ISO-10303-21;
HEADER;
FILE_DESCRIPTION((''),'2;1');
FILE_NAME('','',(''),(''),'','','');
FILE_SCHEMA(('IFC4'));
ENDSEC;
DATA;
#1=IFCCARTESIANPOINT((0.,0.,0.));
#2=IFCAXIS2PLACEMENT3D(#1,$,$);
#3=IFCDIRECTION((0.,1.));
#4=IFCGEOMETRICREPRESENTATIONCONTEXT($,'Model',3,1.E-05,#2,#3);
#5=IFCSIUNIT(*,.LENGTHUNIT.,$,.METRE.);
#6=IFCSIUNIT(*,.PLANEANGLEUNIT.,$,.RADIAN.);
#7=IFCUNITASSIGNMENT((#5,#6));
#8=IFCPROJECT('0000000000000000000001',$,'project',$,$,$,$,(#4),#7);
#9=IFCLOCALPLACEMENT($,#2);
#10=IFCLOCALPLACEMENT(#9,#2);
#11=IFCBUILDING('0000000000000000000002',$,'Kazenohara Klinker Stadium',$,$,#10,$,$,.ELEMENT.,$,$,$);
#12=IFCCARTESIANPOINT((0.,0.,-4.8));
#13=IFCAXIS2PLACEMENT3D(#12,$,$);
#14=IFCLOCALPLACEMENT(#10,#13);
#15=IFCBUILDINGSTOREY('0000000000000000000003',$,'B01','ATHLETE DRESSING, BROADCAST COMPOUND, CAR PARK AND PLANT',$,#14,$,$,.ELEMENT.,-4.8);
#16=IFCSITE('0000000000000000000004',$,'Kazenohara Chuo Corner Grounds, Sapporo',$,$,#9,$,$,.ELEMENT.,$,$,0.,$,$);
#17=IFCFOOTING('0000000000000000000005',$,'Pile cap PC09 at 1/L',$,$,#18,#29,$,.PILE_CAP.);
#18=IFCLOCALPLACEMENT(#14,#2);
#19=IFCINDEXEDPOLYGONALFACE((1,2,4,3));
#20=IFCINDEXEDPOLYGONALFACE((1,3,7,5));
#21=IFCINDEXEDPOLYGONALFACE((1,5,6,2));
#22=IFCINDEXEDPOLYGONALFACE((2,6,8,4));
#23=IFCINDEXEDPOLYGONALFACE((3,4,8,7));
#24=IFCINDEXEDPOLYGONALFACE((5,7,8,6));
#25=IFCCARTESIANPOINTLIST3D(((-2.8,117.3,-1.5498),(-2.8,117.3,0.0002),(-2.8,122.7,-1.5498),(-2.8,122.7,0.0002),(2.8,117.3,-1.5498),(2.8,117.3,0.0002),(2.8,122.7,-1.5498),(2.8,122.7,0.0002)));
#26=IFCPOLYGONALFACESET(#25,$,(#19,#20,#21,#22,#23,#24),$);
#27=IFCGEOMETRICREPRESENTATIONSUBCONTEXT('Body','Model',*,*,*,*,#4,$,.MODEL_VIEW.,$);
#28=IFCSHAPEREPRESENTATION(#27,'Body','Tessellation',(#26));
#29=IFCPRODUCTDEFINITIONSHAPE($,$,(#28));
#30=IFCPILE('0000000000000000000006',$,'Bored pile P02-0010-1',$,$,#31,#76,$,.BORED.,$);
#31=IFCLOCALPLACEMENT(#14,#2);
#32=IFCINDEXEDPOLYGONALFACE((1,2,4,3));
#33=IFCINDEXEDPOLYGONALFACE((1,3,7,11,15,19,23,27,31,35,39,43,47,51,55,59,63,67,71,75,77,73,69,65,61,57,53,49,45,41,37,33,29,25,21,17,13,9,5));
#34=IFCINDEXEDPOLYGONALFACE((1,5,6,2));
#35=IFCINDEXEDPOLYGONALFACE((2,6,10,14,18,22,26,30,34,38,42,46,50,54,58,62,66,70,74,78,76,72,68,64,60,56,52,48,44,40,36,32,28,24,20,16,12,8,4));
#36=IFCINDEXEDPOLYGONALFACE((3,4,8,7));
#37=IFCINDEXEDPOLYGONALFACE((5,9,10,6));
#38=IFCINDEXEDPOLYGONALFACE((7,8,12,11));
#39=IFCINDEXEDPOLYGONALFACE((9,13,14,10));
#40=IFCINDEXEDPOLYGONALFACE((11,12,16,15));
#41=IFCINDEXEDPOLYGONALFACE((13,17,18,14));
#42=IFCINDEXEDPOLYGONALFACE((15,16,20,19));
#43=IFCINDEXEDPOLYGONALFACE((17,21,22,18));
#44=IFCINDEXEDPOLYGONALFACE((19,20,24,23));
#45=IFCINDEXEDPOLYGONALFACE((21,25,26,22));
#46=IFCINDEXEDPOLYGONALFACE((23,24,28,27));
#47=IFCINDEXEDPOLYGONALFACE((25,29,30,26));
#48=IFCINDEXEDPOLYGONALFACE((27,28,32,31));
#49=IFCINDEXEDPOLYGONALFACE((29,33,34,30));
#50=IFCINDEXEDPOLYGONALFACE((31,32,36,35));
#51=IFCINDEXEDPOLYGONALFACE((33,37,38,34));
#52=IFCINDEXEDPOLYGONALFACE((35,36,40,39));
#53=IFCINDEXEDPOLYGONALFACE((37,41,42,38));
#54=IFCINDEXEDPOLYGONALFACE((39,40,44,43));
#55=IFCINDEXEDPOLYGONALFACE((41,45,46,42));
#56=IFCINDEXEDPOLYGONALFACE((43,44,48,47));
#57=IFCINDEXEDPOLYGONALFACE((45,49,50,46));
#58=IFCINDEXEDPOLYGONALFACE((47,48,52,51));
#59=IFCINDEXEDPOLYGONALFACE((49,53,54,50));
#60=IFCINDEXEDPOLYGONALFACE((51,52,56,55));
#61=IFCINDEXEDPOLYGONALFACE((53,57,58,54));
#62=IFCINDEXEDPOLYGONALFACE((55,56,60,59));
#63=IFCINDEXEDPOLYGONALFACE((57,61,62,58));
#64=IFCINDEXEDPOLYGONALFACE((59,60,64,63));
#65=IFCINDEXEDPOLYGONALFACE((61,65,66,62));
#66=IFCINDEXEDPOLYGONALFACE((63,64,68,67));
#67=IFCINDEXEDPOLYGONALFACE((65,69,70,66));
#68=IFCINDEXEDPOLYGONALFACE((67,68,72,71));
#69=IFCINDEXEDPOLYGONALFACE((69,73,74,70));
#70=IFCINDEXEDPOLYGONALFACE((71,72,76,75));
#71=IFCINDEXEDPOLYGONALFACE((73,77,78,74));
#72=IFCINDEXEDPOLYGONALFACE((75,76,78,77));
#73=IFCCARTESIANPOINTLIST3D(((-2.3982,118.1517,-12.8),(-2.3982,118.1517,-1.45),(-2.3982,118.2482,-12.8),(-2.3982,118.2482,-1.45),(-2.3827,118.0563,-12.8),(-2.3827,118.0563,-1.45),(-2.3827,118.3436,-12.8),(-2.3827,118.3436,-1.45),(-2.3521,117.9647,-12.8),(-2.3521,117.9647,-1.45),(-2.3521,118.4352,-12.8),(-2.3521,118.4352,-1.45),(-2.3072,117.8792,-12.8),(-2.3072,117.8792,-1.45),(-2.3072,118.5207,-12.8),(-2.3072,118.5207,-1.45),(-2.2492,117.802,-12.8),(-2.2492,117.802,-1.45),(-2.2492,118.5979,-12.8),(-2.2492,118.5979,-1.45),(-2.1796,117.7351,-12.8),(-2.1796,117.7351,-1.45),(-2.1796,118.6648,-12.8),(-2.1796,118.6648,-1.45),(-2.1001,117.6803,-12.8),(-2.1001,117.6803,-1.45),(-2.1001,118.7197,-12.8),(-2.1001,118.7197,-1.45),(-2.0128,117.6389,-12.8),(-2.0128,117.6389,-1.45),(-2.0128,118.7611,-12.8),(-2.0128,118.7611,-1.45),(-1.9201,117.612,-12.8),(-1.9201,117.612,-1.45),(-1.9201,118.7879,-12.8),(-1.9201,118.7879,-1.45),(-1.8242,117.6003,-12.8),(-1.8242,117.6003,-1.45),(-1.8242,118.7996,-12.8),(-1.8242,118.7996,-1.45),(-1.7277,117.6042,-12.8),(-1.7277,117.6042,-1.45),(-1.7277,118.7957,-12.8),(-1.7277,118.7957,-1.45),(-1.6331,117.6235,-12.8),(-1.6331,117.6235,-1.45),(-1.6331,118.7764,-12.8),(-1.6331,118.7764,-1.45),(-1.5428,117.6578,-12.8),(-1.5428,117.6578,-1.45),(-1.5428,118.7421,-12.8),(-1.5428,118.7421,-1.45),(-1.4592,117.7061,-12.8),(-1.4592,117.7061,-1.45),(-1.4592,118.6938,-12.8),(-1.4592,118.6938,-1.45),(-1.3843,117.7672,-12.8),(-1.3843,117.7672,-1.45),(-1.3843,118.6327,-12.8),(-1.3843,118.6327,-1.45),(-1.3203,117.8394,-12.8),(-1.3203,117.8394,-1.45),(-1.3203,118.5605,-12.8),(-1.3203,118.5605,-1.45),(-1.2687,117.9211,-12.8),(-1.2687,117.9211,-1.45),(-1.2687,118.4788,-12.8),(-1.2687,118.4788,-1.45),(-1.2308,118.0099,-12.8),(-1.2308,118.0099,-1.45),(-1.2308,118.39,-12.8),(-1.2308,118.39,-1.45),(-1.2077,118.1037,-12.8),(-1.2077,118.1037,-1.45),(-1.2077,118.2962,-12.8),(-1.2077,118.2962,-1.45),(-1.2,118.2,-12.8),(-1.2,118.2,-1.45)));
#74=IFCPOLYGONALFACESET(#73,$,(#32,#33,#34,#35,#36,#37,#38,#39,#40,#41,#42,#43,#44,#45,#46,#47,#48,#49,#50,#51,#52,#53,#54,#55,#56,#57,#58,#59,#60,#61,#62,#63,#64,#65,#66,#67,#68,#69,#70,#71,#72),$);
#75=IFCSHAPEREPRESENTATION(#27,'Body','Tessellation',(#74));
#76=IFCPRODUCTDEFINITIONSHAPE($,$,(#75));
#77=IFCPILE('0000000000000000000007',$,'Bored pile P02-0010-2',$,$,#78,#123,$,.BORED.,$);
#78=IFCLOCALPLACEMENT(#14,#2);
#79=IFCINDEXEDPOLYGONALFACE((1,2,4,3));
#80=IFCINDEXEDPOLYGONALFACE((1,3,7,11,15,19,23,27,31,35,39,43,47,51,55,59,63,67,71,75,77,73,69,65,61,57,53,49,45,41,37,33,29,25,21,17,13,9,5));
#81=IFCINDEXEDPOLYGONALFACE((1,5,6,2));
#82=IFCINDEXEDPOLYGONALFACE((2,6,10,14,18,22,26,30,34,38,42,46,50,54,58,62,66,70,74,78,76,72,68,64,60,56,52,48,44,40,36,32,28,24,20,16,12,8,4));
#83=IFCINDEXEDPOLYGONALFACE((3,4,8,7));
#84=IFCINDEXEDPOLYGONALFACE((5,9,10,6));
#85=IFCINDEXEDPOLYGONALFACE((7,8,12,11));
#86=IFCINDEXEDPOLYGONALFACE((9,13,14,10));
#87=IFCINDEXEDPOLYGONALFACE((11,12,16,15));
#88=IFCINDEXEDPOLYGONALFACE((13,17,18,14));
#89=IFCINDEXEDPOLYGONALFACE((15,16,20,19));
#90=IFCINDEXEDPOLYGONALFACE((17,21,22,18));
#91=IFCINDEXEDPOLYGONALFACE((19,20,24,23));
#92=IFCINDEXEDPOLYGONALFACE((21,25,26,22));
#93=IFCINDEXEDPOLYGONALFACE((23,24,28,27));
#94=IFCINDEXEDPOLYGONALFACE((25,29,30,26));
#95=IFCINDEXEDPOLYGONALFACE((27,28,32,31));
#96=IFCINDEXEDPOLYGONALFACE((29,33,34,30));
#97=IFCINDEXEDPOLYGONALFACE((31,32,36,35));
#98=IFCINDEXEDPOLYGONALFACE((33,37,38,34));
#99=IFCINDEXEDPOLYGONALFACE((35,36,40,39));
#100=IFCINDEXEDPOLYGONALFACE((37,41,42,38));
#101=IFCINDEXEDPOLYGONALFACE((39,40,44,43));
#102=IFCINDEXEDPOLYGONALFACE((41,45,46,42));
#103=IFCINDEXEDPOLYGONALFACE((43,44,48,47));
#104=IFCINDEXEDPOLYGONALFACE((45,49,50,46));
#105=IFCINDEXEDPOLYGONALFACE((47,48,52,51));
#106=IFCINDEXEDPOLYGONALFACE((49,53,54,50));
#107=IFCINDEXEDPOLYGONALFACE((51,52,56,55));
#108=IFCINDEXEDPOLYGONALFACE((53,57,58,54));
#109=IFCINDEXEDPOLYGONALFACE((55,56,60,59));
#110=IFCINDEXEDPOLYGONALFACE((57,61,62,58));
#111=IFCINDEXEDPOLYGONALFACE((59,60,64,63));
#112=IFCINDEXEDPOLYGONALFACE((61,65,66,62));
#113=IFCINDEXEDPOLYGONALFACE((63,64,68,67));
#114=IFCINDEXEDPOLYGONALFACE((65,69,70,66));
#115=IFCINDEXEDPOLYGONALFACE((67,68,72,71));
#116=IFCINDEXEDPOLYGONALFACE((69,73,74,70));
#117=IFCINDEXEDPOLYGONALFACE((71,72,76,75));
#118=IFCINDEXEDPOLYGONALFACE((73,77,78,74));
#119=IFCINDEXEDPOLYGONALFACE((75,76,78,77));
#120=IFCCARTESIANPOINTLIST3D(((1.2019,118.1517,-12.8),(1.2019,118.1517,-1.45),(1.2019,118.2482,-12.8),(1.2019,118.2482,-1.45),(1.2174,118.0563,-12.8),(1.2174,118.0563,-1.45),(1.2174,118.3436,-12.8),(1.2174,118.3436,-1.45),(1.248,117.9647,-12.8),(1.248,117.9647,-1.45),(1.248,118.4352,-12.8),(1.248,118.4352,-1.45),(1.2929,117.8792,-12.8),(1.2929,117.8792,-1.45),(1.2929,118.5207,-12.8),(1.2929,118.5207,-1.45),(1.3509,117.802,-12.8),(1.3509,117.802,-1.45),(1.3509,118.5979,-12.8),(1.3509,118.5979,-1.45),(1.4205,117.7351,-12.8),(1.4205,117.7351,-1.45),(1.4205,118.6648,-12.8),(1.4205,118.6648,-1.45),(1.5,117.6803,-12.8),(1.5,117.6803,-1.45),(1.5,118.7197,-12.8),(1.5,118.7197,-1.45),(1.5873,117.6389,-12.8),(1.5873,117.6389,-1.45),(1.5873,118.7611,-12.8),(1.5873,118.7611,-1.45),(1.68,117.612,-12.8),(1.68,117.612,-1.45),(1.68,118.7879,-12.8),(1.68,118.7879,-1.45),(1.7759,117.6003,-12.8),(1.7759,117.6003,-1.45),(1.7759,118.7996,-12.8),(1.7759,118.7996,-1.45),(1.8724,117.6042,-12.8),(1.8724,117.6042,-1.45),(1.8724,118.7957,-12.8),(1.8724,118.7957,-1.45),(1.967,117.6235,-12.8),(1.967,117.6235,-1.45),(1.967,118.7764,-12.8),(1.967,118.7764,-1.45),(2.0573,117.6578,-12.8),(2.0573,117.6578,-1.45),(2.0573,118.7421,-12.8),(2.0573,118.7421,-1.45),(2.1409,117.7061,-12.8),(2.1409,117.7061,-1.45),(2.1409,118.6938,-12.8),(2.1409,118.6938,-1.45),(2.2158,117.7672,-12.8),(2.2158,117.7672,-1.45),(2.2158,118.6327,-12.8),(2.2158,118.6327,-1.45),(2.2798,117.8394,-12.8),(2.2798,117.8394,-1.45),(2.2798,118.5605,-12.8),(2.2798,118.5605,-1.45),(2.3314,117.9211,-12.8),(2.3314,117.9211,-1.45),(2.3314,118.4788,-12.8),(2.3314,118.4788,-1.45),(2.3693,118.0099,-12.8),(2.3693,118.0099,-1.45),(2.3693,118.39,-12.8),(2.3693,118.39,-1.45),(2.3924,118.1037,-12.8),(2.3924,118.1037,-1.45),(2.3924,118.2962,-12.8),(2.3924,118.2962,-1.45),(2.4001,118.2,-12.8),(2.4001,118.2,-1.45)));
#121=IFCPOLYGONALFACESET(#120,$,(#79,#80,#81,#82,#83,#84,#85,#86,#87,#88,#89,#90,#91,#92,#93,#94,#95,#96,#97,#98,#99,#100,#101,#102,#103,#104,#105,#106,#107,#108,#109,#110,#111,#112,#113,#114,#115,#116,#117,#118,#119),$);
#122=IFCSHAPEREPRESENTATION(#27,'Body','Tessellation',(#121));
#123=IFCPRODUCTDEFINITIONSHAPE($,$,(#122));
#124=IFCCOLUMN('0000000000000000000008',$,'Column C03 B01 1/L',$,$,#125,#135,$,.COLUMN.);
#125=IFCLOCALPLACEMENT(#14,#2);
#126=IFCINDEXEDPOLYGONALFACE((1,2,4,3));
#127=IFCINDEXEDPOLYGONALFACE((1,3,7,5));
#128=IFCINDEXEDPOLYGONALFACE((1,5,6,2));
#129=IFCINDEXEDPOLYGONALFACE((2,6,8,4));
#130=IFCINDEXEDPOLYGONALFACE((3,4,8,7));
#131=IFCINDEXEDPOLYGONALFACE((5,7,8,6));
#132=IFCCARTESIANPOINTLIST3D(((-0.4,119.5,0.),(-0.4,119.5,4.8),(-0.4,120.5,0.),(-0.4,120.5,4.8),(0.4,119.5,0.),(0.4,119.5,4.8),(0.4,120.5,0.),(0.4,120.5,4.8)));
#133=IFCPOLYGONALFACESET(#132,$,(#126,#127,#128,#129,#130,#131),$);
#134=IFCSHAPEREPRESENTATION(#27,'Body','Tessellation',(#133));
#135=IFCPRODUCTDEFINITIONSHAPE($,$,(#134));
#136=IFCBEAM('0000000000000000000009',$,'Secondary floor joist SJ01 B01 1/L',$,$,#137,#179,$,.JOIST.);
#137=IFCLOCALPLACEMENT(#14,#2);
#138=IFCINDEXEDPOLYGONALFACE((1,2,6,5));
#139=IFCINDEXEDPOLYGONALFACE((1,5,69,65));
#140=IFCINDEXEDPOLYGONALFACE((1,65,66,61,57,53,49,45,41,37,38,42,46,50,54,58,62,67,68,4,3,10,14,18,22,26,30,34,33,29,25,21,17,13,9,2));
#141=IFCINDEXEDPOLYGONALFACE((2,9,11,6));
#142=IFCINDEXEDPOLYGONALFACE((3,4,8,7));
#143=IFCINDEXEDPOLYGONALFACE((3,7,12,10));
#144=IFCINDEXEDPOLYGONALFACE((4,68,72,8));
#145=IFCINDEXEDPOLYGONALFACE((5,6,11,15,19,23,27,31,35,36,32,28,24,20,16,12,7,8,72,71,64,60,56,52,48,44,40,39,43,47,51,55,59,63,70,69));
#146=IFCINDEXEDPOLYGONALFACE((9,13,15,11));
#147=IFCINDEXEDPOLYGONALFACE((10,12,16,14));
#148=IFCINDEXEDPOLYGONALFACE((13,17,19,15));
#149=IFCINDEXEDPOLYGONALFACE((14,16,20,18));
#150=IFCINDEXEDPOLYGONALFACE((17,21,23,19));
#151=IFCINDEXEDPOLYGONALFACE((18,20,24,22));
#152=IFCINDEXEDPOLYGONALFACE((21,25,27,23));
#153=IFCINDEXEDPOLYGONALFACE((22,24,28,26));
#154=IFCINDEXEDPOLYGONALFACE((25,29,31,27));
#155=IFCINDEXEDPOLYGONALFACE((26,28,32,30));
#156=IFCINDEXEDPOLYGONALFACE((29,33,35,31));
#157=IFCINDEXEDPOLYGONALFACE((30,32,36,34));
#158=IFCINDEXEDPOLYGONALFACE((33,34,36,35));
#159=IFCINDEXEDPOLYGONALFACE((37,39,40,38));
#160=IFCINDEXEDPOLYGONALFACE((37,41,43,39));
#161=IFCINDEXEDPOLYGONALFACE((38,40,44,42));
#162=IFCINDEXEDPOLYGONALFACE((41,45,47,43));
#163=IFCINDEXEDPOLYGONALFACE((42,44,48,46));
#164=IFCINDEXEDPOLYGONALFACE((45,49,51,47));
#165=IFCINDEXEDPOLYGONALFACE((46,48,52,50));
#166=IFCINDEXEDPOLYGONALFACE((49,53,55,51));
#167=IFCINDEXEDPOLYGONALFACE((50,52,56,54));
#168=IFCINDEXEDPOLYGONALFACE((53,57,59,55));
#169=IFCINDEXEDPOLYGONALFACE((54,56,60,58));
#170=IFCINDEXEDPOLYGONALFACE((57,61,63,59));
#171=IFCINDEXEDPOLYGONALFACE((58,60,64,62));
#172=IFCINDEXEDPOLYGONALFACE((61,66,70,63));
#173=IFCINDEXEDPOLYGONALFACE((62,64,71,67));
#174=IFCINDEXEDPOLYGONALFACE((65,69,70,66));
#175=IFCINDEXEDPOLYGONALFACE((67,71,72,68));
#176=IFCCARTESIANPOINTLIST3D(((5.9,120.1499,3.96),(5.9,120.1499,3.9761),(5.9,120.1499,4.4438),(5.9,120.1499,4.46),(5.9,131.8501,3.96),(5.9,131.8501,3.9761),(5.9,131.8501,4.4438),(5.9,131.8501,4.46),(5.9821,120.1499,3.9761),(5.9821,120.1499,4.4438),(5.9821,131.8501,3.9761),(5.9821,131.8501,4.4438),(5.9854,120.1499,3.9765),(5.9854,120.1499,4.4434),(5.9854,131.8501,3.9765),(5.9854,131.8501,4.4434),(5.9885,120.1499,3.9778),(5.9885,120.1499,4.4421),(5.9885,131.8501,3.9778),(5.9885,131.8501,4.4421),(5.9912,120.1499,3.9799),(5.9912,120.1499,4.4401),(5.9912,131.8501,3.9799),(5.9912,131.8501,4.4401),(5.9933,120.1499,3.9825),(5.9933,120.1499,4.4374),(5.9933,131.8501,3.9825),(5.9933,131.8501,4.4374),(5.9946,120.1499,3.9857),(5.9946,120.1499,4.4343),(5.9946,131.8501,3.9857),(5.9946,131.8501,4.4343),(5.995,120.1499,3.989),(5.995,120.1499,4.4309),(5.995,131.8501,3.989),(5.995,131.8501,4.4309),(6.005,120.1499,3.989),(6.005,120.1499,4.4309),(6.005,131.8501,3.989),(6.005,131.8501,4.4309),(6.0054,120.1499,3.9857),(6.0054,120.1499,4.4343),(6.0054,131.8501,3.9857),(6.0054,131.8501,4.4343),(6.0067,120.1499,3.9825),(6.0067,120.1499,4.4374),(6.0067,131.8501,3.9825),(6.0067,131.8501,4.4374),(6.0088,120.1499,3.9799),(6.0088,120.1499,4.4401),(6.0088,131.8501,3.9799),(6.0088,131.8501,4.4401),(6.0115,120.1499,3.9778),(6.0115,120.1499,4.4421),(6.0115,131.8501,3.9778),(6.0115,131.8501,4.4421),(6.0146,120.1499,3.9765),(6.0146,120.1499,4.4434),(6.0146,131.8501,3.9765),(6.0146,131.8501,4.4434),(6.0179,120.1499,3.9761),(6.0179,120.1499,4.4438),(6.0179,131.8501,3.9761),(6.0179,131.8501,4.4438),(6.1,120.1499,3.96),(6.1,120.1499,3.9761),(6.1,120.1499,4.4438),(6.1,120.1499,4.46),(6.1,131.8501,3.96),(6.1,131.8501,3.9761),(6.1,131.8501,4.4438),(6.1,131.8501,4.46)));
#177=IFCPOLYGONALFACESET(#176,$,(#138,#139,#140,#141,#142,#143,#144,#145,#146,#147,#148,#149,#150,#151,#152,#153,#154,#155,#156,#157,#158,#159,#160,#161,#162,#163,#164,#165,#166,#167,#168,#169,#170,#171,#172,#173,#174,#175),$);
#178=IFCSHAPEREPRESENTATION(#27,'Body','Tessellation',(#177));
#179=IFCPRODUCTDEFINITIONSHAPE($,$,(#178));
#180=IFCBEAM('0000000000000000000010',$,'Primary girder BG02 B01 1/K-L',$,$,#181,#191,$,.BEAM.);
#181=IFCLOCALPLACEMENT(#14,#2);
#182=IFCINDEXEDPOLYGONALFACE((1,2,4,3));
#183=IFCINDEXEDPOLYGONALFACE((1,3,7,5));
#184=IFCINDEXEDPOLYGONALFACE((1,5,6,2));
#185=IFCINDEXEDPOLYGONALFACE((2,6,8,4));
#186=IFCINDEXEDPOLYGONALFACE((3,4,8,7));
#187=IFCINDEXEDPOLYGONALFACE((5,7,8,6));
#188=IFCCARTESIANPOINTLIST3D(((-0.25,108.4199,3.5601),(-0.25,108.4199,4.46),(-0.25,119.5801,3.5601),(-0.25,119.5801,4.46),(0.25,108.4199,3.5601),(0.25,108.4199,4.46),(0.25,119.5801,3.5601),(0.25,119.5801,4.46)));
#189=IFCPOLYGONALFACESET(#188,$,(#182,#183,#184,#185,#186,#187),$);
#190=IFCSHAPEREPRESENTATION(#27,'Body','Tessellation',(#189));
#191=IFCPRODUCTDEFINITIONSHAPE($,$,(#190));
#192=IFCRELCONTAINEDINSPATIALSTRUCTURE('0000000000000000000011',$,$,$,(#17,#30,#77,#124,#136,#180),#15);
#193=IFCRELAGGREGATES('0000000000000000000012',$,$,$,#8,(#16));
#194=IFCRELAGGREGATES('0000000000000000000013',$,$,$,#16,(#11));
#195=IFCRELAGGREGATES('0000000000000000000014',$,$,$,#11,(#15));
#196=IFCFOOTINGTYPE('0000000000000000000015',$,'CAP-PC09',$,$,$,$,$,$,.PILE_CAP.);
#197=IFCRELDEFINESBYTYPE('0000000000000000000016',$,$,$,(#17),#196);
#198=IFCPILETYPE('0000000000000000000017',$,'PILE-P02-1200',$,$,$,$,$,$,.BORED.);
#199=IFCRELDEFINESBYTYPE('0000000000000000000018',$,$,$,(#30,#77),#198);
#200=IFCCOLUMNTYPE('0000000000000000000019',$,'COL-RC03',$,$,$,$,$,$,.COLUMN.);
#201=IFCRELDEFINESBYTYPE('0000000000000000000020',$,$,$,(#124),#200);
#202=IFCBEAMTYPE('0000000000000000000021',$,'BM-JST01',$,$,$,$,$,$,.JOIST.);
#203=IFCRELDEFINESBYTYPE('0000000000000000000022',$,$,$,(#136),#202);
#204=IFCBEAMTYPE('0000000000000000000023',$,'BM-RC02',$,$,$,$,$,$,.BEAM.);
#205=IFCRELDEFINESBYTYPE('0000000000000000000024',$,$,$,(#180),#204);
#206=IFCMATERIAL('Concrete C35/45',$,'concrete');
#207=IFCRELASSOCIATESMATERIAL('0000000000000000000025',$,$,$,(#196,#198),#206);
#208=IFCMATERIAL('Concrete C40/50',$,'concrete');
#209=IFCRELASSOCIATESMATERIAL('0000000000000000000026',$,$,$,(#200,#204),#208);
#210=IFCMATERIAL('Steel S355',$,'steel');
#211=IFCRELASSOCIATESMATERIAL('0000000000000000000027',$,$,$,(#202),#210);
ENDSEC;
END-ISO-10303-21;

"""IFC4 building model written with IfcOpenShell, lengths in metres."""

from ifc_helpers import new_model, si_unit, direction, frame, origin, origin_2d, place, context, subcontext, project, spatial, rectangle, circle, i_section, extrude, material, material_profile, profile_set, type_object, element, save


model = new_model("IFC4")

# Units and contexts
model_context = context("Model", 3, precision=1e-05, world=origin(), true_north=direction((0.0, 1.0)))
body_context = subcontext(model_context, "Body", "Model", "MODEL_VIEW")
ifc_project = project(units=[si_unit("LENGTHUNIT", "METRE"), si_unit("PLANEANGLEUNIT", "RADIAN")], contexts=[model_context])

# Site, building, storey
site_placement = place(None, origin())
site = spatial("IfcSite", under=ifc_project, at=site_placement, Name="Kazenohara Chuo Corner Grounds, Sapporo", CompositionType="ELEMENT", RefElevation=0.0)
building_placement = place(site_placement, origin())
building = spatial("IfcBuilding", under=site, at=building_placement, Name="Kazenohara Klinker Stadium", CompositionType="ELEMENT")
storey_placement = place(building_placement, frame((0.0, 0.0, -4.8)))
storey = spatial("IfcBuildingStorey", under=building, at=storey_placement, Name="B01", Description="ATHLETE DRESSING, BROADCAST COMPOUND, CAR PARK AND PLANT", CompositionType="ELEMENT", Elevation=-4.8)

# Footing
ifc_material_1 = material(Name="Concrete C35/45", Category="concrete")
footing_type = type_object("IfcFootingType", Name="CAP-PC09", PredefinedType="PILE_CAP", material=ifc_material_1)
footing_placement = place(storey_placement, frame((0.0, 120.0, -1.5498), z_axis=(0.0, 0.0, 1.0), x_axis=(1.0, 0.0, 0.0)))
element("IfcFooting", 1, at=footing_placement, inside=storey, type_object=footing_type, Name="Pile cap PC09 at 1/L", PredefinedType="PILE_CAP", context=body_context, shape_type="SweptSolid", body=[
    extrude(rectangle(XDim=5.6001, YDim=5.3999, at=origin_2d()), origin(), (0.0, 0.0, 1.0), 1.55),
])

# Piles
ifc_material_profile_1 = material_profile(ifc_material_1, circle(Radius=0.6001, at=origin_2d()), Name="BORED-PILE-1200")
ifc_profile_set_1 = profile_set([ifc_material_profile_1], Name="Concrete C35/45")
pile_type = type_object("IfcPileType", Name="PILE-P02-1200", PredefinedType="BORED", material=ifc_profile_set_1)
for number, where, z_axis, x_axis, name in (
    (2, (-1.8, 118.2, -1.45), (0.0, 0.0, -1.0), (1.0, 0.0, 0.0), "Bored pile P02-0010-1"),
    (3, (1.8, 118.2, -1.45), (0.0, 0.0, -1.0), (1.0, 0.0, 0.0), "Bored pile P02-0010-2"),
):
    element("IfcPile", number, at=place(storey_placement, frame(where, z_axis=z_axis, x_axis=x_axis)), inside=storey, type_object=pile_type, Name=name, PredefinedType="BORED", context=body_context, shape_type="SweptSolid", body=[
        extrude(circle(Radius=0.6001, at=origin_2d()), origin(), (0.0, 0.0, 1.0), 11.3501),
    ])

# Column
ifc_material_2 = material(Name="Concrete C40/50", Category="concrete")
ifc_material_profile_2 = material_profile(ifc_material_2, rectangle(XDim=0.8, YDim=1.0, at=origin_2d()), Name="RC-COL-1000x800")
ifc_profile_set_2 = profile_set([ifc_material_profile_2], Name="Concrete C40/50")
column_type = type_object("IfcColumnType", Name="COL-RC03", PredefinedType="COLUMN", material=ifc_profile_set_2)
column_placement = place(storey_placement, frame((0.0, 120.0, 0.0), z_axis=(0.0, 0.0, 1.0), x_axis=(1.0, 0.0, 0.0)))
element("IfcColumn", 4, at=column_placement, inside=storey, type_object=column_type, Name="Column C03 B01 1/L", PredefinedType="COLUMN", context=body_context, shape_type="SweptSolid", body=[
    extrude(rectangle(XDim=0.8, YDim=1.0, at=origin_2d()), origin(), (0.0, 0.0, 1.0), 4.8),
])

# Beams
ifc_material_3 = material(Name="Steel S355", Category="steel")
ifc_material_profile_3 = material_profile(ifc_material_3, i_section(OverallWidth=0.2, OverallDepth=0.5, WebThickness=0.01, FlangeThickness=0.0161, FilletRadius=0.0129, at=origin_2d()), Name="H-500x200x10x16")
ifc_profile_set_3 = profile_set([ifc_material_profile_3], Name="Steel S355")
beam_type_1 = type_object("IfcBeamType", Name="BM-JST01", PredefinedType="JOIST", material=ifc_profile_set_3)
beam_1_placement = place(storey_placement, frame((6.0, 120.1499, 4.21), z_axis=(0.0, 1.0, 0.0), x_axis=(-1.0, 0.0, 0.0)))
element("IfcBeam", 5, at=beam_1_placement, inside=storey, type_object=beam_type_1, Name="Secondary floor joist SJ01 B01 1/L", PredefinedType="JOIST", context=body_context, shape_type="SweptSolid", body=[
    extrude(i_section(OverallWidth=0.2, OverallDepth=0.5, WebThickness=0.01, FlangeThickness=0.0161, FilletRadius=0.0129, at=origin_2d()), origin(), (0.0, 0.0, 1.0), 11.7002),
])
ifc_material_profile_4 = material_profile(ifc_material_2, rectangle(XDim=0.5, YDim=0.8999, at=origin_2d()), Name="RC-BM-500x900")
ifc_profile_set_4 = profile_set([ifc_material_profile_4], Name="Concrete C40/50")
beam_type_2 = type_object("IfcBeamType", Name="BM-RC02", PredefinedType="BEAM", material=ifc_profile_set_4)
beam_2_placement = place(storey_placement, frame((0.0, 108.4199, 4.01), z_axis=(0.0, 1.0, 0.0), x_axis=(-1.0, 0.0, 0.0)))
element("IfcBeam", 6, at=beam_2_placement, inside=storey, type_object=beam_type_2, Name="Primary girder BG02 B01 1/K-L", PredefinedType="BEAM", context=body_context, shape_type="SweptSolid", body=[
    extrude(rectangle(XDim=0.5, YDim=0.8999, at=origin_2d()), origin(), (0.0, 0.0, 1.0), 11.1602),
])

save(model, "model.ifc")
